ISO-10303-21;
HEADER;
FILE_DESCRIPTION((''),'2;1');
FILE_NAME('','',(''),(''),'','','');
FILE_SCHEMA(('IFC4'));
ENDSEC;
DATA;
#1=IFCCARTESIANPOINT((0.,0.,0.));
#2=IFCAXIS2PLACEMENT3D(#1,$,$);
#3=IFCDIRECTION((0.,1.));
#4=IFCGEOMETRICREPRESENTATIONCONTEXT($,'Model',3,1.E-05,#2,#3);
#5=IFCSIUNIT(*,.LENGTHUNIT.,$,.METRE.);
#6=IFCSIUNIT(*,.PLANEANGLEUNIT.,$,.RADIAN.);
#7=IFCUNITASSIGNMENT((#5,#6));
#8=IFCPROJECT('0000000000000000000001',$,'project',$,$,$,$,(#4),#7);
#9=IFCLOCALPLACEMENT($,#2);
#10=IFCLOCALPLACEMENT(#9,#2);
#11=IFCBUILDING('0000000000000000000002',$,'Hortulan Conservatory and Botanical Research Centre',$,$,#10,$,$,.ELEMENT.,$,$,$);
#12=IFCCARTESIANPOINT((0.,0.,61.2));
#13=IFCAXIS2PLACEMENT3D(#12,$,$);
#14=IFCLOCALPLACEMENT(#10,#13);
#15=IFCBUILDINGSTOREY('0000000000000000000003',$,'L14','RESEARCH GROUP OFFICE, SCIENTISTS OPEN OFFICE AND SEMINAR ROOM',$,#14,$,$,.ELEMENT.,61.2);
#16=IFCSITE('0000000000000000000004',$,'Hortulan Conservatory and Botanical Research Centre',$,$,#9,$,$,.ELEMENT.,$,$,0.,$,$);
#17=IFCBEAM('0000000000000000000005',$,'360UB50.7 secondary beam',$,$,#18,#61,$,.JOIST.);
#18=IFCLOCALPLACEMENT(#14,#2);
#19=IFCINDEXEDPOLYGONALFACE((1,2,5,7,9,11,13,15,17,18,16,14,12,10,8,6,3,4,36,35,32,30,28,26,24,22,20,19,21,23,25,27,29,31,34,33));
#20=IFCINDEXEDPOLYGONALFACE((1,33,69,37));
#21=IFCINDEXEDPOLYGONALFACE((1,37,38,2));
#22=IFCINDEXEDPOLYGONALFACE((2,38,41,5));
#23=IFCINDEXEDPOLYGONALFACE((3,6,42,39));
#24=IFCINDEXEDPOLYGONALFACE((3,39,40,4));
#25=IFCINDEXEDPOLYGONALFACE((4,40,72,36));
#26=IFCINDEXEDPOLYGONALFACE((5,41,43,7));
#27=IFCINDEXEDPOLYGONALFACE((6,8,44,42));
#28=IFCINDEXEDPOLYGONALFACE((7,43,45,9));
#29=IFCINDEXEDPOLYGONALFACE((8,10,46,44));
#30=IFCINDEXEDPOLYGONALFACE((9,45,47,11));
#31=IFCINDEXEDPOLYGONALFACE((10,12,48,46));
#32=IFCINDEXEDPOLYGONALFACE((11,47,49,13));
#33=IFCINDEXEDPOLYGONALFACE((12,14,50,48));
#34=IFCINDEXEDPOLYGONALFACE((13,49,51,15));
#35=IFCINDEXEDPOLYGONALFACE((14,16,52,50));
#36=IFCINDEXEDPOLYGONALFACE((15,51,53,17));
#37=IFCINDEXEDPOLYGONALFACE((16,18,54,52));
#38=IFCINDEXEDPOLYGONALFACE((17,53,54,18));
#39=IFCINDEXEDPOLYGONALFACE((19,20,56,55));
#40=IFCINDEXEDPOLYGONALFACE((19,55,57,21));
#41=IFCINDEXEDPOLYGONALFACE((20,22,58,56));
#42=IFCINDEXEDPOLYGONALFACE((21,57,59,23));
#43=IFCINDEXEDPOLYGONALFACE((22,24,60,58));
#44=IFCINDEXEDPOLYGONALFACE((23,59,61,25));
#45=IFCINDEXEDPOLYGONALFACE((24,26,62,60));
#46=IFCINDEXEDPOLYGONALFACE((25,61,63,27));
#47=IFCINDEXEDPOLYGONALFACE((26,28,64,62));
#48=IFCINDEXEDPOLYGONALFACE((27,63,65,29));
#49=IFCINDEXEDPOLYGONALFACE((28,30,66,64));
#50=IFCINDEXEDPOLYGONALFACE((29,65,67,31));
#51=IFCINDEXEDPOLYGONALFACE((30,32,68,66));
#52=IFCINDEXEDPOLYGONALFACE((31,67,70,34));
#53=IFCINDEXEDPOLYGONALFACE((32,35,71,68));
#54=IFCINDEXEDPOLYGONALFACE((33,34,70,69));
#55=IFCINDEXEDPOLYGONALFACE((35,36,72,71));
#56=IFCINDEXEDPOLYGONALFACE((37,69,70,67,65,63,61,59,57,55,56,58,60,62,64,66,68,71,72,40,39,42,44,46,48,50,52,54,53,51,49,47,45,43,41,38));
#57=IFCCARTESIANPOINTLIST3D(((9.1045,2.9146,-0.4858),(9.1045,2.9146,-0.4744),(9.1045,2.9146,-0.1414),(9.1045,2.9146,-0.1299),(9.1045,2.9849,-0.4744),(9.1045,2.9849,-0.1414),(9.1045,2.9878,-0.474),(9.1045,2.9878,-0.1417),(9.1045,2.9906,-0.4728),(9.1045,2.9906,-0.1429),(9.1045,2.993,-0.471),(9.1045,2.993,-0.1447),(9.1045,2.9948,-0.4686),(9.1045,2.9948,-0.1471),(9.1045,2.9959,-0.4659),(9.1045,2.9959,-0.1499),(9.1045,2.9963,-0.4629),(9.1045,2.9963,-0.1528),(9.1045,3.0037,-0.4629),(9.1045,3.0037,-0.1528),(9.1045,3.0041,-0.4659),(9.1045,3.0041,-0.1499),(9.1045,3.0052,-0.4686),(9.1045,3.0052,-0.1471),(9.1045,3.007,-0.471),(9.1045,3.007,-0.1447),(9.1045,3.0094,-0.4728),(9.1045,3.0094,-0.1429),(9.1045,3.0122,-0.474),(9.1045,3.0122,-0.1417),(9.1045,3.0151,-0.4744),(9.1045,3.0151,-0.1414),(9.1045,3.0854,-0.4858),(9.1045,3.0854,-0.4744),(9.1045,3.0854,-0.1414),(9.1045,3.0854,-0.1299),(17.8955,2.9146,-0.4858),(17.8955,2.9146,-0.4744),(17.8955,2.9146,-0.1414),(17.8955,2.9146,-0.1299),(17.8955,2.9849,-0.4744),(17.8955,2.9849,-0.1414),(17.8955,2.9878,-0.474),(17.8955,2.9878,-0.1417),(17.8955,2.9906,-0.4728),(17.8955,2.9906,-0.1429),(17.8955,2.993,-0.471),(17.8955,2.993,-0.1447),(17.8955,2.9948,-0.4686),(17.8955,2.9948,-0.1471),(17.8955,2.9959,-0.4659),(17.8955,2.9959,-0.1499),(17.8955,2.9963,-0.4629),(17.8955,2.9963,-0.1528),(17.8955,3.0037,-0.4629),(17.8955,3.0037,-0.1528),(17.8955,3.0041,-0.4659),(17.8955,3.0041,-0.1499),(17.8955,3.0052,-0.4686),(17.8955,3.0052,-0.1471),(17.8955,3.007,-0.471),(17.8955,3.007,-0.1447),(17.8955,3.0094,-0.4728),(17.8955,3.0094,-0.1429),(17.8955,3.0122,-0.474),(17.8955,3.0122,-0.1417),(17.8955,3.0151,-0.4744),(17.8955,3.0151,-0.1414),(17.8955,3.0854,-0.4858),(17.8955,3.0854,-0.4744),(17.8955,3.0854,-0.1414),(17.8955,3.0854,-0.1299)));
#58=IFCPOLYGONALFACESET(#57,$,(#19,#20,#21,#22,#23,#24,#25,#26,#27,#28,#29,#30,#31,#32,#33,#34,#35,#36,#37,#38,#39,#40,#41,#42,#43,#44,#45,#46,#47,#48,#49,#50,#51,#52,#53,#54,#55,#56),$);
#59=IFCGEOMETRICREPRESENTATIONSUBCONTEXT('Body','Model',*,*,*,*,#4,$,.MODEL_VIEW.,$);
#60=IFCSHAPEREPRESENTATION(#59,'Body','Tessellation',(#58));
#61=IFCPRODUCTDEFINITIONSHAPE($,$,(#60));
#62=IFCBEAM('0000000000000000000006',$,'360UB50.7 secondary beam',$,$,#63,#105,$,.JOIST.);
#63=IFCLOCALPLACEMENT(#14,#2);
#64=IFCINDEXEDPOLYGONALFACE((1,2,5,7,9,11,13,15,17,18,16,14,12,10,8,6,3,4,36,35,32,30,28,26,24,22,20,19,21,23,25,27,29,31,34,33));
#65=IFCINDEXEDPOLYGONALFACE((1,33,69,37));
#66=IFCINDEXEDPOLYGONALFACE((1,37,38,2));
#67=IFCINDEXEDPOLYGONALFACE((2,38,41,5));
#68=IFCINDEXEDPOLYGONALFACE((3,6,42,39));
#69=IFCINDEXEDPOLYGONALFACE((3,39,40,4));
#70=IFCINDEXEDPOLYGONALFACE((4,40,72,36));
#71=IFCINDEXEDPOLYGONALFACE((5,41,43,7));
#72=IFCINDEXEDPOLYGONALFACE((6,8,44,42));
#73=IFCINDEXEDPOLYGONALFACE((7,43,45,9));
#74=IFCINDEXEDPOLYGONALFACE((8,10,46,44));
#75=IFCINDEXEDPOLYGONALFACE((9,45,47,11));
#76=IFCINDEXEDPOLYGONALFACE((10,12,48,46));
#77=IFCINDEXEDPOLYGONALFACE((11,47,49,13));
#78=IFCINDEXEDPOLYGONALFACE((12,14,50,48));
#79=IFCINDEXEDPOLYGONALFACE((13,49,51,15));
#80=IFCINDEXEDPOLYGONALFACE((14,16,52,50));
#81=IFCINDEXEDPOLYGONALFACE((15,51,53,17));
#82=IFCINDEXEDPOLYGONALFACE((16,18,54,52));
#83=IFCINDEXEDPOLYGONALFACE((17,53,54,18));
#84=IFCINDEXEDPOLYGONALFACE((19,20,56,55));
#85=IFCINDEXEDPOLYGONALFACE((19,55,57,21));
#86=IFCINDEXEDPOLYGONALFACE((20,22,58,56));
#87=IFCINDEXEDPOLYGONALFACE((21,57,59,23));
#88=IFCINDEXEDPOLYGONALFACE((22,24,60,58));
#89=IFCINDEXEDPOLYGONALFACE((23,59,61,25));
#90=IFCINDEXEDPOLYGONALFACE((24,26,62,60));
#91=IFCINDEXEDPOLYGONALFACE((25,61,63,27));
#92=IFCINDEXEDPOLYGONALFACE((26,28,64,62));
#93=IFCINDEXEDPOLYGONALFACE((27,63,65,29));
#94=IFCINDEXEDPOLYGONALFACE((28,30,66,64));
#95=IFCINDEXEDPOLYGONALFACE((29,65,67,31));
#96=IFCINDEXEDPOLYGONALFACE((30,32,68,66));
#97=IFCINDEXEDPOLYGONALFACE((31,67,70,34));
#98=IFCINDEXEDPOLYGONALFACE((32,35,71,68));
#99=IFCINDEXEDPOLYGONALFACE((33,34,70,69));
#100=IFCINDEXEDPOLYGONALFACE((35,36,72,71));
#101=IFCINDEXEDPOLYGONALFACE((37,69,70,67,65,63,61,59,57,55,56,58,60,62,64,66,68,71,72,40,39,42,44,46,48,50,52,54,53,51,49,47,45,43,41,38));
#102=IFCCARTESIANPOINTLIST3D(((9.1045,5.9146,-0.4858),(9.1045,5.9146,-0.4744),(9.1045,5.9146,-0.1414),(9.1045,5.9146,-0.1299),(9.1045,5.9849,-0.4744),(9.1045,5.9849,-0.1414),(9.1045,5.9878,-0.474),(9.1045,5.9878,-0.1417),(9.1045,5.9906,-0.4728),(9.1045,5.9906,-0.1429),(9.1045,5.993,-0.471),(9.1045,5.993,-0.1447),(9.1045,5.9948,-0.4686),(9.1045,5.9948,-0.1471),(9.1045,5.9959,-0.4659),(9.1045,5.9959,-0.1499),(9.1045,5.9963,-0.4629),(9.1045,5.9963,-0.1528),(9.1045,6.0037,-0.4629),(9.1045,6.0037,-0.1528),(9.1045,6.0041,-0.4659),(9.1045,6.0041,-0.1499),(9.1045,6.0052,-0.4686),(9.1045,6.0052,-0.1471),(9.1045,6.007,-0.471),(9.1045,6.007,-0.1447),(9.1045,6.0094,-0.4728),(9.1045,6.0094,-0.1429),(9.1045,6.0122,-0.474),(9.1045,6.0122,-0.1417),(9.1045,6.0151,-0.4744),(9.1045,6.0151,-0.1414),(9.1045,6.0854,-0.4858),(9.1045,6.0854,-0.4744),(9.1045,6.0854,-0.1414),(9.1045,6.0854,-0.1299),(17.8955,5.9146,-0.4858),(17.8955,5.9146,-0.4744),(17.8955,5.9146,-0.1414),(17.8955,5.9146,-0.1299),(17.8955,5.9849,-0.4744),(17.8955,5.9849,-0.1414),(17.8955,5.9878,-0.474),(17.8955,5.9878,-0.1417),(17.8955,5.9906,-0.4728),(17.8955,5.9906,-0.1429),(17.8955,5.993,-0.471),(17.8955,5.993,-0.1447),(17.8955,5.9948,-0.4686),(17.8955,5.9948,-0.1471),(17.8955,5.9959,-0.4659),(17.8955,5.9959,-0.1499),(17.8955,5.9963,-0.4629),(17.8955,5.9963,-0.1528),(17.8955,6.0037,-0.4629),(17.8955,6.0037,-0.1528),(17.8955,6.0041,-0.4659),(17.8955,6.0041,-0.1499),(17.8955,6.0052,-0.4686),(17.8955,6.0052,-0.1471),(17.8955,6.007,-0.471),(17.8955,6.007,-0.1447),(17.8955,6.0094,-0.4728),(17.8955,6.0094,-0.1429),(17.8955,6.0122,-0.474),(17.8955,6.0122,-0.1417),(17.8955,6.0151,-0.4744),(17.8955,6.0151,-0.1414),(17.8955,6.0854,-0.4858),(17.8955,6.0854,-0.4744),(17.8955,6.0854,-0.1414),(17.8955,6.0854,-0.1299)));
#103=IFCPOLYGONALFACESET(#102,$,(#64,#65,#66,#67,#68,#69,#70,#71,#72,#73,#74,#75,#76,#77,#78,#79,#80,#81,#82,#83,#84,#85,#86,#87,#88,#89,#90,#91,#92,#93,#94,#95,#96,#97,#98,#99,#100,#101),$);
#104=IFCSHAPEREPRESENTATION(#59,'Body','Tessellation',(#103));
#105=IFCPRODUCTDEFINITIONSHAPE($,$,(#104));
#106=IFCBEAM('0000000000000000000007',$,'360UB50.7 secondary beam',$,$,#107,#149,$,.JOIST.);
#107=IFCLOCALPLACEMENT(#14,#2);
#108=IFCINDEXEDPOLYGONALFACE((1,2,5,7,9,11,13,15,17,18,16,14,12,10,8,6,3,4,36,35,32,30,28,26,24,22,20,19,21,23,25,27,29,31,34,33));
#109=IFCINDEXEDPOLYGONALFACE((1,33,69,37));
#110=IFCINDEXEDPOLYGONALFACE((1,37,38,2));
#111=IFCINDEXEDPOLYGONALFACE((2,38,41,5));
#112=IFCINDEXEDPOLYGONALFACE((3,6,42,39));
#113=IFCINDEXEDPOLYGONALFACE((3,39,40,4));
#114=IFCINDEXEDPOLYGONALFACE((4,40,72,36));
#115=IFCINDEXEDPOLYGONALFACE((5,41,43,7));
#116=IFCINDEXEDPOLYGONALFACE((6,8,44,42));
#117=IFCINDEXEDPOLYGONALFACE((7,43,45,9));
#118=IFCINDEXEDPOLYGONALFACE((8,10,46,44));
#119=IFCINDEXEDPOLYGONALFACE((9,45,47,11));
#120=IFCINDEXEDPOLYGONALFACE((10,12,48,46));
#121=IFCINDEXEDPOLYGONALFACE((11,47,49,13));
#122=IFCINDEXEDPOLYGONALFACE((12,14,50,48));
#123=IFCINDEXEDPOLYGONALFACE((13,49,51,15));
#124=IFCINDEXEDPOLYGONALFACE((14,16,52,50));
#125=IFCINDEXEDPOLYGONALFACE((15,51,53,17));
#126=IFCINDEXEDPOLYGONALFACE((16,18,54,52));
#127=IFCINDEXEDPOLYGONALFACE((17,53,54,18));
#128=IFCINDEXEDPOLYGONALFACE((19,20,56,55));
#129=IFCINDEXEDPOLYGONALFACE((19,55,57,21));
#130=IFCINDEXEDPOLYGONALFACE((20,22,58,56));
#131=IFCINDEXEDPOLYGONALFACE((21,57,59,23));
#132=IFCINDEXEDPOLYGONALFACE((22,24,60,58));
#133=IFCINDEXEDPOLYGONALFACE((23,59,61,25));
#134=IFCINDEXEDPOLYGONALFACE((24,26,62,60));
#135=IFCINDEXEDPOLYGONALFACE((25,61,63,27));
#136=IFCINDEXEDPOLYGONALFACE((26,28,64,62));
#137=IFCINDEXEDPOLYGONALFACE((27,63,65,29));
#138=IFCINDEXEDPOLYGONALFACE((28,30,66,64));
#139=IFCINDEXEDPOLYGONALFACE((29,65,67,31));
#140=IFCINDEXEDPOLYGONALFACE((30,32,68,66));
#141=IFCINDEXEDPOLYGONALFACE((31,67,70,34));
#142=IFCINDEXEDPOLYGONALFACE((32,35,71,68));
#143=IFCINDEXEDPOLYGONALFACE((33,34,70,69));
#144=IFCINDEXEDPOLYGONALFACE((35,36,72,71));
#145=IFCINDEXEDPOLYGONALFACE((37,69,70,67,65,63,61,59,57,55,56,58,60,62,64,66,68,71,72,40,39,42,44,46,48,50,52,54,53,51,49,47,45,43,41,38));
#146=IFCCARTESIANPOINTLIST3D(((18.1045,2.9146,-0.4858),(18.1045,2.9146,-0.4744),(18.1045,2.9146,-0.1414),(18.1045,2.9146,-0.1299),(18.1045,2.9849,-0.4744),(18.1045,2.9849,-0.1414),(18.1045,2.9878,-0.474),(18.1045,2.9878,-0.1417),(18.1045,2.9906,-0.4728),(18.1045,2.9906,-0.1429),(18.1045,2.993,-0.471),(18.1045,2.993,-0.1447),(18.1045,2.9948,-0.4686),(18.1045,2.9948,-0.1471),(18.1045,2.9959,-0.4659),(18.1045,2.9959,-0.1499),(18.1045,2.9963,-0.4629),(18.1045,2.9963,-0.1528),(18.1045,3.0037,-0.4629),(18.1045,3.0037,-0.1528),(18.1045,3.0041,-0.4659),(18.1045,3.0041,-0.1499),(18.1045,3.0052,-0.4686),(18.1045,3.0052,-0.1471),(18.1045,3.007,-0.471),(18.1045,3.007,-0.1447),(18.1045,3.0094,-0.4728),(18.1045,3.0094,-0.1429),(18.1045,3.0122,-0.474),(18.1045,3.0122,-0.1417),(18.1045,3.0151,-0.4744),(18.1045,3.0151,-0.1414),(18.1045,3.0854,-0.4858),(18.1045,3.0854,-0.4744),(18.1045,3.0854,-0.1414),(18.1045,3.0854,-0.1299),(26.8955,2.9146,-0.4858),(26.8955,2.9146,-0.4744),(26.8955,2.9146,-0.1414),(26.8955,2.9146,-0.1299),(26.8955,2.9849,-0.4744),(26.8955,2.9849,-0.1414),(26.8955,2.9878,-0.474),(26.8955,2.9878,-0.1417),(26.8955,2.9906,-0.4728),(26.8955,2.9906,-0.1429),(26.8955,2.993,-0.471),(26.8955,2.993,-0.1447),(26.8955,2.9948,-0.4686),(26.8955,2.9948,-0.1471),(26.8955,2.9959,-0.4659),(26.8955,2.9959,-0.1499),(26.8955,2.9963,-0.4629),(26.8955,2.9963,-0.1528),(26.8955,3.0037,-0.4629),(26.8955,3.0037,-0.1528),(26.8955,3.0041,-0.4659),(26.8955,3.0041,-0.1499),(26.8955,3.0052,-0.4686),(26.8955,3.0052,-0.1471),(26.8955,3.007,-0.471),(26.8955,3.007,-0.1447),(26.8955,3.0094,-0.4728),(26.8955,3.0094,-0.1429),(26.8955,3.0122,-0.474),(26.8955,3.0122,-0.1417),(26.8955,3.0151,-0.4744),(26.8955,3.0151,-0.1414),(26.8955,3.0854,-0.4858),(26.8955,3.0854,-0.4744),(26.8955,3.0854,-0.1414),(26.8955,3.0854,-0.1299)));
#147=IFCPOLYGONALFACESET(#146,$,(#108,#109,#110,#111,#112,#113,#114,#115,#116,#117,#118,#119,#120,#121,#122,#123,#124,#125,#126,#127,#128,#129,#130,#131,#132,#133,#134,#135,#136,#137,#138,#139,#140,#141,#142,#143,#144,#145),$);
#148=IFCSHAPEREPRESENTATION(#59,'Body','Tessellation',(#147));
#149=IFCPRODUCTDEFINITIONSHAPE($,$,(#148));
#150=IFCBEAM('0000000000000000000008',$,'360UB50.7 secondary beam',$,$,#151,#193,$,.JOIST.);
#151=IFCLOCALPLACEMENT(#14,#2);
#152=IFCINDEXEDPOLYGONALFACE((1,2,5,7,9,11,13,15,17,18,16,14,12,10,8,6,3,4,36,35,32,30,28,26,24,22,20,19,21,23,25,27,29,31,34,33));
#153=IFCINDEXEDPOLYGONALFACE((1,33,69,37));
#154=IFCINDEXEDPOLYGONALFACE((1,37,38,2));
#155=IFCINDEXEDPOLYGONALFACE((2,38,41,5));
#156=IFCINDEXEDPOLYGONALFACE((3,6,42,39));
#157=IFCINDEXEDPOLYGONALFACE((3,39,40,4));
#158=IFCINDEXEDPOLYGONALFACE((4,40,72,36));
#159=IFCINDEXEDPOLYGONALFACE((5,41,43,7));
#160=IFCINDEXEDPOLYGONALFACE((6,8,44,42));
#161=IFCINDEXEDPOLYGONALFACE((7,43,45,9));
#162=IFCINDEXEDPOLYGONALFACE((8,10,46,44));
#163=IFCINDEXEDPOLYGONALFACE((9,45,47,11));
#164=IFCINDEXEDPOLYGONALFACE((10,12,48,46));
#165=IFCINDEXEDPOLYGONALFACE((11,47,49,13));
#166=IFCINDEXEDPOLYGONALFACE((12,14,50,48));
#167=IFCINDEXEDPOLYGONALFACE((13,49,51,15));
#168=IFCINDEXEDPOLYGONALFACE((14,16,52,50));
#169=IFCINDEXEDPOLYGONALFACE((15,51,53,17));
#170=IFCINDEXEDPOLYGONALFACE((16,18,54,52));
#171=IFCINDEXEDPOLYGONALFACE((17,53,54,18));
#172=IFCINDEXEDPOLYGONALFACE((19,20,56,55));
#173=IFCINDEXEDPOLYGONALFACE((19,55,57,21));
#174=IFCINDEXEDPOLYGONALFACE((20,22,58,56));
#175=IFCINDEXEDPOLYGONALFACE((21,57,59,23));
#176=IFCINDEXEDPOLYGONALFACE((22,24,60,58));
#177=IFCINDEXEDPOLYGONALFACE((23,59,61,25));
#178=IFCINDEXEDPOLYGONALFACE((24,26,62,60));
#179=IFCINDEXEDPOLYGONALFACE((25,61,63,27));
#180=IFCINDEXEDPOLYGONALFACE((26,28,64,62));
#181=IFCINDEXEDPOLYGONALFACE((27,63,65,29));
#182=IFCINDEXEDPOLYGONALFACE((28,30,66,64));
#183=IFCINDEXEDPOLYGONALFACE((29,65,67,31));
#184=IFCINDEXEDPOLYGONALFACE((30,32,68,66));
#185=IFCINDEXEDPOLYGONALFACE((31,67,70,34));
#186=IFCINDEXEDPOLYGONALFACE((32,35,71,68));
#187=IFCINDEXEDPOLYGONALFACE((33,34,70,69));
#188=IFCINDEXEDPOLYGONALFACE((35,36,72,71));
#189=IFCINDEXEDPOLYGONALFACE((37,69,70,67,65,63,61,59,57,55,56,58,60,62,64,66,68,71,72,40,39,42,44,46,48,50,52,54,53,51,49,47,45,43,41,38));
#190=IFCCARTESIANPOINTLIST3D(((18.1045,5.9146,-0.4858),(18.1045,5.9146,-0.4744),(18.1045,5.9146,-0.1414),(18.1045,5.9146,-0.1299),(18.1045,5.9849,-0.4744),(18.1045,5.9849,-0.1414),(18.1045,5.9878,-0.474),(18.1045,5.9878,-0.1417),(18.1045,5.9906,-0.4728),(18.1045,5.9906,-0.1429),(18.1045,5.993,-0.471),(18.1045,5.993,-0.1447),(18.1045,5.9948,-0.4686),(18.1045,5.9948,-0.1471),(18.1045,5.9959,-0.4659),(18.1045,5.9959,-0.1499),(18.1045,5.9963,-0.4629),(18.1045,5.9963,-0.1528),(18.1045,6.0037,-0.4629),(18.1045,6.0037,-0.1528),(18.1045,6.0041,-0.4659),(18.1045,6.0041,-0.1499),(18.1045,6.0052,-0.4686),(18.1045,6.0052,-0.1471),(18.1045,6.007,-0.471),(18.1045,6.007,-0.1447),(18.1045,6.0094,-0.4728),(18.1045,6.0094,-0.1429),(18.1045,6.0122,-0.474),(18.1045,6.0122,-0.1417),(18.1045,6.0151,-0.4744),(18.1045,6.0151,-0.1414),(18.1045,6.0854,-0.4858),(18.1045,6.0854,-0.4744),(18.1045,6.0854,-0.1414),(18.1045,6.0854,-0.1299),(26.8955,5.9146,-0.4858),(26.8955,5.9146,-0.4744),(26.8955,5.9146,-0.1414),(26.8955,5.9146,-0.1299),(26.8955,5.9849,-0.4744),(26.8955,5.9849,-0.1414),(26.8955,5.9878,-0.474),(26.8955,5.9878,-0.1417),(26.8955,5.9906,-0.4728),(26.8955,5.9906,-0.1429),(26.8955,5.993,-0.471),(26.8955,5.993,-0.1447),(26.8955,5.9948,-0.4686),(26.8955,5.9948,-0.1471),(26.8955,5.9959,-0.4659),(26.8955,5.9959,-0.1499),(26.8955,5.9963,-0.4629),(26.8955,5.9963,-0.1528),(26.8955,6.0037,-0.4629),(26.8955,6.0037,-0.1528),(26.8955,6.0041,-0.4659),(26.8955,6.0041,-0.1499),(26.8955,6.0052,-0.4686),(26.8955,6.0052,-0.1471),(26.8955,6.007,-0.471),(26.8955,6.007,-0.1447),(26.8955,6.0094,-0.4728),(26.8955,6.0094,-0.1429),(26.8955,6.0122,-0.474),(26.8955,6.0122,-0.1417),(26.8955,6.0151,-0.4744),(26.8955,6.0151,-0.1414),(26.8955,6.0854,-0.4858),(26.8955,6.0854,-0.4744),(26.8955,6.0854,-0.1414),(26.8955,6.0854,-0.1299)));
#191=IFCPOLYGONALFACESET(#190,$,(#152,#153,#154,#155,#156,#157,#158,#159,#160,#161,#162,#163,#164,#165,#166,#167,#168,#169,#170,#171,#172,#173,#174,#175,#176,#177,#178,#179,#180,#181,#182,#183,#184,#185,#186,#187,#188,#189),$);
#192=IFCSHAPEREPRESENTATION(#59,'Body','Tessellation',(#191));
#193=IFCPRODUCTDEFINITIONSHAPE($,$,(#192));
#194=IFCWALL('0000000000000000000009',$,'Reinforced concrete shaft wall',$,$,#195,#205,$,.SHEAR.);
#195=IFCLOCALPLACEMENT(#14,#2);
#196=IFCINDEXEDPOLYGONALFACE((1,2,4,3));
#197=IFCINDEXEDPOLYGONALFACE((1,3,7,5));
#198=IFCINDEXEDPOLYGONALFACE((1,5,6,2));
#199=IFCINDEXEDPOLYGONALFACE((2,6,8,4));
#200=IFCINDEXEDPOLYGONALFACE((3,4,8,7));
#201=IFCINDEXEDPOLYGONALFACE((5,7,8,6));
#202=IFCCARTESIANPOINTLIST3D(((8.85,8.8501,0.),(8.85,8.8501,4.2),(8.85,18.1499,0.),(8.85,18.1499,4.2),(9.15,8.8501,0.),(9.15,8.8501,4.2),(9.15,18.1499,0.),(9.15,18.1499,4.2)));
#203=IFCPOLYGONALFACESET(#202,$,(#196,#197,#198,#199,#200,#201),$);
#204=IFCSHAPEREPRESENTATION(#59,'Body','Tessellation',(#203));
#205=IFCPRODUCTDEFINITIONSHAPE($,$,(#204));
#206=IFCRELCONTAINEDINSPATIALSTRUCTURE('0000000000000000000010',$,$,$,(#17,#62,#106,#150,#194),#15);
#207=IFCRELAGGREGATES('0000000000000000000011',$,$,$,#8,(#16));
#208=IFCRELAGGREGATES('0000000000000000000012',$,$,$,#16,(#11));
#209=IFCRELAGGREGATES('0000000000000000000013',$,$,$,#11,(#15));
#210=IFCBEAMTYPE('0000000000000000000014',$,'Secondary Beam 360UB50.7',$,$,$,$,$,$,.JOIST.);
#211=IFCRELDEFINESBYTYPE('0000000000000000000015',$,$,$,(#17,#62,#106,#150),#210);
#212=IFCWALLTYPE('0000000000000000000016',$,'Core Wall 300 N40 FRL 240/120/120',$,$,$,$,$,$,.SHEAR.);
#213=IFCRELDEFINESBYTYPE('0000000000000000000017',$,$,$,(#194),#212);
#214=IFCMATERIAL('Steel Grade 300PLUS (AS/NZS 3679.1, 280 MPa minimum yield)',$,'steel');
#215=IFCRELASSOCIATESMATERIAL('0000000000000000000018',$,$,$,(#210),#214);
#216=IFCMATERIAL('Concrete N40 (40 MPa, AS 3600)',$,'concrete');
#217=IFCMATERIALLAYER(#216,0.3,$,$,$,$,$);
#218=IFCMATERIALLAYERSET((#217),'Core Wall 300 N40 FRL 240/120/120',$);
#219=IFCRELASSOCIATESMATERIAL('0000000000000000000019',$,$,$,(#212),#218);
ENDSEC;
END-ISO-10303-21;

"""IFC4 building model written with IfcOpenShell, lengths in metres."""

from ifc_helpers import new_model, si_unit, direction, frame, frame_2d, origin, origin_2d, place, context, subcontext, project, spatial, rectangle, i_section, extrude, material, layer, layer_set, material_profile, profile_set, type_object, element, save


model = new_model("IFC4")

# Units and contexts
model_context = context("Model", 3, precision=1e-05, world=origin(), true_north=direction((0.0, 1.0)))
body_context = subcontext(model_context, "Body", "Model", "MODEL_VIEW")
ifc_project = project(units=[si_unit("LENGTHUNIT", "METRE"), si_unit("PLANEANGLEUNIT", "RADIAN")], contexts=[model_context])

# Site, building, storey
site_placement = place(None, origin())
site = spatial("IfcSite", under=ifc_project, at=site_placement, Name="Hortulan Conservatory and Botanical Research Centre", CompositionType="ELEMENT", RefElevation=0.0)
building_placement = place(site_placement, origin())
building = spatial("IfcBuilding", under=site, at=building_placement, Name="Hortulan Conservatory and Botanical Research Centre", CompositionType="ELEMENT")
storey_placement = place(building_placement, frame((0.0, 0.0, 61.2)))
storey = spatial("IfcBuildingStorey", under=building, at=storey_placement, Name="L14", Description="RESEARCH GROUP OFFICE, SCIENTISTS OPEN OFFICE AND SEMINAR ROOM", CompositionType="ELEMENT", Elevation=61.2)

# Shared definitions
ifc_material_1 = material(Name="Steel Grade 300PLUS (AS/NZS 3679.1, 280 MPa minimum yield)", Category="steel")

# Beams
ifc_material_profile_1 = material_profile(ifc_material_1, i_section(OverallWidth=0.1709, OverallDepth=0.356, WebThickness=0.0073, FlangeThickness=0.0115, FilletRadius=0.0115, at=origin_2d()), Name="360UB50.7")
ifc_profile_set_1 = profile_set([ifc_material_profile_1], Name="Steel Grade 300PLUS (AS/NZS 3679.1, 280 MPa minimum yield)")
beam_type_1 = type_object("IfcBeamType", Name="Secondary Beam 360UB50.7", PredefinedType="JOIST", material=ifc_profile_set_1)
for number, where, z_axis, x_axis, name in (
    (1, (9.1045, 3.0, -0.3079), (1.0, 0.0, 0.0), (0.0, 1.0, 0.0), "360UB50.7 secondary beam"),
    (2, (9.1045, 6.0, -0.3079), (1.0, 0.0, 0.0), (0.0, 1.0, 0.0), "360UB50.7 secondary beam"),
    (3, (18.1045, 3.0, -0.3079), (1.0, 0.0, 0.0), (0.0, 1.0, 0.0), "360UB50.7 secondary beam"),
    (4, (18.1045, 6.0, -0.3079), (1.0, 0.0, 0.0), (0.0, 1.0, 0.0), "360UB50.7 secondary beam"),
):
    element("IfcBeam", number, at=place(storey_placement, frame(where, z_axis=z_axis, x_axis=x_axis)), inside=storey, type_object=beam_type_1, Name=name, PredefinedType="JOIST", context=body_context, shape_type="SweptSolid", body=[
        extrude(i_section(OverallWidth=0.1709, OverallDepth=0.356, WebThickness=0.0073, FlangeThickness=0.0115, FilletRadius=0.0115, at=origin_2d()), origin(), (0.0, 0.0, 1.0), 8.791),
    ])

# Wall
ifc_material_2 = material(Name="Concrete N40 (40 MPa, AS 3600)", Category="concrete")
ifc_layer_1 = layer(ifc_material_2, 0.3)
ifc_layer_set_1 = layer_set([ifc_layer_1], Name="Core Wall 300 N40 FRL 240/120/120")
wall_type_1 = type_object("IfcWallType", Name="Core Wall 300 N40 FRL 240/120/120", PredefinedType="SHEAR", material=ifc_layer_set_1)
for number, where, z_axis, x_axis, name in (
    (5, (9.0, 8.8501, 0.0), (0.0, 0.0, 1.0), (0.0, 1.0, 0.0), "Reinforced concrete shaft wall"),
):
    element("IfcWall", number, at=place(storey_placement, frame(where, z_axis=z_axis, x_axis=x_axis)), inside=storey, type_object=wall_type_1, Name=name, PredefinedType="SHEAR", context=body_context, shape_type="SweptSolid", body=[
        extrude(rectangle(XDim=9.2998, YDim=0.3, at=frame_2d((4.6499, 0.0))), origin(), (0.0, 0.0, 1.0), 4.2),
    ])

save(model, "model.ifc")
